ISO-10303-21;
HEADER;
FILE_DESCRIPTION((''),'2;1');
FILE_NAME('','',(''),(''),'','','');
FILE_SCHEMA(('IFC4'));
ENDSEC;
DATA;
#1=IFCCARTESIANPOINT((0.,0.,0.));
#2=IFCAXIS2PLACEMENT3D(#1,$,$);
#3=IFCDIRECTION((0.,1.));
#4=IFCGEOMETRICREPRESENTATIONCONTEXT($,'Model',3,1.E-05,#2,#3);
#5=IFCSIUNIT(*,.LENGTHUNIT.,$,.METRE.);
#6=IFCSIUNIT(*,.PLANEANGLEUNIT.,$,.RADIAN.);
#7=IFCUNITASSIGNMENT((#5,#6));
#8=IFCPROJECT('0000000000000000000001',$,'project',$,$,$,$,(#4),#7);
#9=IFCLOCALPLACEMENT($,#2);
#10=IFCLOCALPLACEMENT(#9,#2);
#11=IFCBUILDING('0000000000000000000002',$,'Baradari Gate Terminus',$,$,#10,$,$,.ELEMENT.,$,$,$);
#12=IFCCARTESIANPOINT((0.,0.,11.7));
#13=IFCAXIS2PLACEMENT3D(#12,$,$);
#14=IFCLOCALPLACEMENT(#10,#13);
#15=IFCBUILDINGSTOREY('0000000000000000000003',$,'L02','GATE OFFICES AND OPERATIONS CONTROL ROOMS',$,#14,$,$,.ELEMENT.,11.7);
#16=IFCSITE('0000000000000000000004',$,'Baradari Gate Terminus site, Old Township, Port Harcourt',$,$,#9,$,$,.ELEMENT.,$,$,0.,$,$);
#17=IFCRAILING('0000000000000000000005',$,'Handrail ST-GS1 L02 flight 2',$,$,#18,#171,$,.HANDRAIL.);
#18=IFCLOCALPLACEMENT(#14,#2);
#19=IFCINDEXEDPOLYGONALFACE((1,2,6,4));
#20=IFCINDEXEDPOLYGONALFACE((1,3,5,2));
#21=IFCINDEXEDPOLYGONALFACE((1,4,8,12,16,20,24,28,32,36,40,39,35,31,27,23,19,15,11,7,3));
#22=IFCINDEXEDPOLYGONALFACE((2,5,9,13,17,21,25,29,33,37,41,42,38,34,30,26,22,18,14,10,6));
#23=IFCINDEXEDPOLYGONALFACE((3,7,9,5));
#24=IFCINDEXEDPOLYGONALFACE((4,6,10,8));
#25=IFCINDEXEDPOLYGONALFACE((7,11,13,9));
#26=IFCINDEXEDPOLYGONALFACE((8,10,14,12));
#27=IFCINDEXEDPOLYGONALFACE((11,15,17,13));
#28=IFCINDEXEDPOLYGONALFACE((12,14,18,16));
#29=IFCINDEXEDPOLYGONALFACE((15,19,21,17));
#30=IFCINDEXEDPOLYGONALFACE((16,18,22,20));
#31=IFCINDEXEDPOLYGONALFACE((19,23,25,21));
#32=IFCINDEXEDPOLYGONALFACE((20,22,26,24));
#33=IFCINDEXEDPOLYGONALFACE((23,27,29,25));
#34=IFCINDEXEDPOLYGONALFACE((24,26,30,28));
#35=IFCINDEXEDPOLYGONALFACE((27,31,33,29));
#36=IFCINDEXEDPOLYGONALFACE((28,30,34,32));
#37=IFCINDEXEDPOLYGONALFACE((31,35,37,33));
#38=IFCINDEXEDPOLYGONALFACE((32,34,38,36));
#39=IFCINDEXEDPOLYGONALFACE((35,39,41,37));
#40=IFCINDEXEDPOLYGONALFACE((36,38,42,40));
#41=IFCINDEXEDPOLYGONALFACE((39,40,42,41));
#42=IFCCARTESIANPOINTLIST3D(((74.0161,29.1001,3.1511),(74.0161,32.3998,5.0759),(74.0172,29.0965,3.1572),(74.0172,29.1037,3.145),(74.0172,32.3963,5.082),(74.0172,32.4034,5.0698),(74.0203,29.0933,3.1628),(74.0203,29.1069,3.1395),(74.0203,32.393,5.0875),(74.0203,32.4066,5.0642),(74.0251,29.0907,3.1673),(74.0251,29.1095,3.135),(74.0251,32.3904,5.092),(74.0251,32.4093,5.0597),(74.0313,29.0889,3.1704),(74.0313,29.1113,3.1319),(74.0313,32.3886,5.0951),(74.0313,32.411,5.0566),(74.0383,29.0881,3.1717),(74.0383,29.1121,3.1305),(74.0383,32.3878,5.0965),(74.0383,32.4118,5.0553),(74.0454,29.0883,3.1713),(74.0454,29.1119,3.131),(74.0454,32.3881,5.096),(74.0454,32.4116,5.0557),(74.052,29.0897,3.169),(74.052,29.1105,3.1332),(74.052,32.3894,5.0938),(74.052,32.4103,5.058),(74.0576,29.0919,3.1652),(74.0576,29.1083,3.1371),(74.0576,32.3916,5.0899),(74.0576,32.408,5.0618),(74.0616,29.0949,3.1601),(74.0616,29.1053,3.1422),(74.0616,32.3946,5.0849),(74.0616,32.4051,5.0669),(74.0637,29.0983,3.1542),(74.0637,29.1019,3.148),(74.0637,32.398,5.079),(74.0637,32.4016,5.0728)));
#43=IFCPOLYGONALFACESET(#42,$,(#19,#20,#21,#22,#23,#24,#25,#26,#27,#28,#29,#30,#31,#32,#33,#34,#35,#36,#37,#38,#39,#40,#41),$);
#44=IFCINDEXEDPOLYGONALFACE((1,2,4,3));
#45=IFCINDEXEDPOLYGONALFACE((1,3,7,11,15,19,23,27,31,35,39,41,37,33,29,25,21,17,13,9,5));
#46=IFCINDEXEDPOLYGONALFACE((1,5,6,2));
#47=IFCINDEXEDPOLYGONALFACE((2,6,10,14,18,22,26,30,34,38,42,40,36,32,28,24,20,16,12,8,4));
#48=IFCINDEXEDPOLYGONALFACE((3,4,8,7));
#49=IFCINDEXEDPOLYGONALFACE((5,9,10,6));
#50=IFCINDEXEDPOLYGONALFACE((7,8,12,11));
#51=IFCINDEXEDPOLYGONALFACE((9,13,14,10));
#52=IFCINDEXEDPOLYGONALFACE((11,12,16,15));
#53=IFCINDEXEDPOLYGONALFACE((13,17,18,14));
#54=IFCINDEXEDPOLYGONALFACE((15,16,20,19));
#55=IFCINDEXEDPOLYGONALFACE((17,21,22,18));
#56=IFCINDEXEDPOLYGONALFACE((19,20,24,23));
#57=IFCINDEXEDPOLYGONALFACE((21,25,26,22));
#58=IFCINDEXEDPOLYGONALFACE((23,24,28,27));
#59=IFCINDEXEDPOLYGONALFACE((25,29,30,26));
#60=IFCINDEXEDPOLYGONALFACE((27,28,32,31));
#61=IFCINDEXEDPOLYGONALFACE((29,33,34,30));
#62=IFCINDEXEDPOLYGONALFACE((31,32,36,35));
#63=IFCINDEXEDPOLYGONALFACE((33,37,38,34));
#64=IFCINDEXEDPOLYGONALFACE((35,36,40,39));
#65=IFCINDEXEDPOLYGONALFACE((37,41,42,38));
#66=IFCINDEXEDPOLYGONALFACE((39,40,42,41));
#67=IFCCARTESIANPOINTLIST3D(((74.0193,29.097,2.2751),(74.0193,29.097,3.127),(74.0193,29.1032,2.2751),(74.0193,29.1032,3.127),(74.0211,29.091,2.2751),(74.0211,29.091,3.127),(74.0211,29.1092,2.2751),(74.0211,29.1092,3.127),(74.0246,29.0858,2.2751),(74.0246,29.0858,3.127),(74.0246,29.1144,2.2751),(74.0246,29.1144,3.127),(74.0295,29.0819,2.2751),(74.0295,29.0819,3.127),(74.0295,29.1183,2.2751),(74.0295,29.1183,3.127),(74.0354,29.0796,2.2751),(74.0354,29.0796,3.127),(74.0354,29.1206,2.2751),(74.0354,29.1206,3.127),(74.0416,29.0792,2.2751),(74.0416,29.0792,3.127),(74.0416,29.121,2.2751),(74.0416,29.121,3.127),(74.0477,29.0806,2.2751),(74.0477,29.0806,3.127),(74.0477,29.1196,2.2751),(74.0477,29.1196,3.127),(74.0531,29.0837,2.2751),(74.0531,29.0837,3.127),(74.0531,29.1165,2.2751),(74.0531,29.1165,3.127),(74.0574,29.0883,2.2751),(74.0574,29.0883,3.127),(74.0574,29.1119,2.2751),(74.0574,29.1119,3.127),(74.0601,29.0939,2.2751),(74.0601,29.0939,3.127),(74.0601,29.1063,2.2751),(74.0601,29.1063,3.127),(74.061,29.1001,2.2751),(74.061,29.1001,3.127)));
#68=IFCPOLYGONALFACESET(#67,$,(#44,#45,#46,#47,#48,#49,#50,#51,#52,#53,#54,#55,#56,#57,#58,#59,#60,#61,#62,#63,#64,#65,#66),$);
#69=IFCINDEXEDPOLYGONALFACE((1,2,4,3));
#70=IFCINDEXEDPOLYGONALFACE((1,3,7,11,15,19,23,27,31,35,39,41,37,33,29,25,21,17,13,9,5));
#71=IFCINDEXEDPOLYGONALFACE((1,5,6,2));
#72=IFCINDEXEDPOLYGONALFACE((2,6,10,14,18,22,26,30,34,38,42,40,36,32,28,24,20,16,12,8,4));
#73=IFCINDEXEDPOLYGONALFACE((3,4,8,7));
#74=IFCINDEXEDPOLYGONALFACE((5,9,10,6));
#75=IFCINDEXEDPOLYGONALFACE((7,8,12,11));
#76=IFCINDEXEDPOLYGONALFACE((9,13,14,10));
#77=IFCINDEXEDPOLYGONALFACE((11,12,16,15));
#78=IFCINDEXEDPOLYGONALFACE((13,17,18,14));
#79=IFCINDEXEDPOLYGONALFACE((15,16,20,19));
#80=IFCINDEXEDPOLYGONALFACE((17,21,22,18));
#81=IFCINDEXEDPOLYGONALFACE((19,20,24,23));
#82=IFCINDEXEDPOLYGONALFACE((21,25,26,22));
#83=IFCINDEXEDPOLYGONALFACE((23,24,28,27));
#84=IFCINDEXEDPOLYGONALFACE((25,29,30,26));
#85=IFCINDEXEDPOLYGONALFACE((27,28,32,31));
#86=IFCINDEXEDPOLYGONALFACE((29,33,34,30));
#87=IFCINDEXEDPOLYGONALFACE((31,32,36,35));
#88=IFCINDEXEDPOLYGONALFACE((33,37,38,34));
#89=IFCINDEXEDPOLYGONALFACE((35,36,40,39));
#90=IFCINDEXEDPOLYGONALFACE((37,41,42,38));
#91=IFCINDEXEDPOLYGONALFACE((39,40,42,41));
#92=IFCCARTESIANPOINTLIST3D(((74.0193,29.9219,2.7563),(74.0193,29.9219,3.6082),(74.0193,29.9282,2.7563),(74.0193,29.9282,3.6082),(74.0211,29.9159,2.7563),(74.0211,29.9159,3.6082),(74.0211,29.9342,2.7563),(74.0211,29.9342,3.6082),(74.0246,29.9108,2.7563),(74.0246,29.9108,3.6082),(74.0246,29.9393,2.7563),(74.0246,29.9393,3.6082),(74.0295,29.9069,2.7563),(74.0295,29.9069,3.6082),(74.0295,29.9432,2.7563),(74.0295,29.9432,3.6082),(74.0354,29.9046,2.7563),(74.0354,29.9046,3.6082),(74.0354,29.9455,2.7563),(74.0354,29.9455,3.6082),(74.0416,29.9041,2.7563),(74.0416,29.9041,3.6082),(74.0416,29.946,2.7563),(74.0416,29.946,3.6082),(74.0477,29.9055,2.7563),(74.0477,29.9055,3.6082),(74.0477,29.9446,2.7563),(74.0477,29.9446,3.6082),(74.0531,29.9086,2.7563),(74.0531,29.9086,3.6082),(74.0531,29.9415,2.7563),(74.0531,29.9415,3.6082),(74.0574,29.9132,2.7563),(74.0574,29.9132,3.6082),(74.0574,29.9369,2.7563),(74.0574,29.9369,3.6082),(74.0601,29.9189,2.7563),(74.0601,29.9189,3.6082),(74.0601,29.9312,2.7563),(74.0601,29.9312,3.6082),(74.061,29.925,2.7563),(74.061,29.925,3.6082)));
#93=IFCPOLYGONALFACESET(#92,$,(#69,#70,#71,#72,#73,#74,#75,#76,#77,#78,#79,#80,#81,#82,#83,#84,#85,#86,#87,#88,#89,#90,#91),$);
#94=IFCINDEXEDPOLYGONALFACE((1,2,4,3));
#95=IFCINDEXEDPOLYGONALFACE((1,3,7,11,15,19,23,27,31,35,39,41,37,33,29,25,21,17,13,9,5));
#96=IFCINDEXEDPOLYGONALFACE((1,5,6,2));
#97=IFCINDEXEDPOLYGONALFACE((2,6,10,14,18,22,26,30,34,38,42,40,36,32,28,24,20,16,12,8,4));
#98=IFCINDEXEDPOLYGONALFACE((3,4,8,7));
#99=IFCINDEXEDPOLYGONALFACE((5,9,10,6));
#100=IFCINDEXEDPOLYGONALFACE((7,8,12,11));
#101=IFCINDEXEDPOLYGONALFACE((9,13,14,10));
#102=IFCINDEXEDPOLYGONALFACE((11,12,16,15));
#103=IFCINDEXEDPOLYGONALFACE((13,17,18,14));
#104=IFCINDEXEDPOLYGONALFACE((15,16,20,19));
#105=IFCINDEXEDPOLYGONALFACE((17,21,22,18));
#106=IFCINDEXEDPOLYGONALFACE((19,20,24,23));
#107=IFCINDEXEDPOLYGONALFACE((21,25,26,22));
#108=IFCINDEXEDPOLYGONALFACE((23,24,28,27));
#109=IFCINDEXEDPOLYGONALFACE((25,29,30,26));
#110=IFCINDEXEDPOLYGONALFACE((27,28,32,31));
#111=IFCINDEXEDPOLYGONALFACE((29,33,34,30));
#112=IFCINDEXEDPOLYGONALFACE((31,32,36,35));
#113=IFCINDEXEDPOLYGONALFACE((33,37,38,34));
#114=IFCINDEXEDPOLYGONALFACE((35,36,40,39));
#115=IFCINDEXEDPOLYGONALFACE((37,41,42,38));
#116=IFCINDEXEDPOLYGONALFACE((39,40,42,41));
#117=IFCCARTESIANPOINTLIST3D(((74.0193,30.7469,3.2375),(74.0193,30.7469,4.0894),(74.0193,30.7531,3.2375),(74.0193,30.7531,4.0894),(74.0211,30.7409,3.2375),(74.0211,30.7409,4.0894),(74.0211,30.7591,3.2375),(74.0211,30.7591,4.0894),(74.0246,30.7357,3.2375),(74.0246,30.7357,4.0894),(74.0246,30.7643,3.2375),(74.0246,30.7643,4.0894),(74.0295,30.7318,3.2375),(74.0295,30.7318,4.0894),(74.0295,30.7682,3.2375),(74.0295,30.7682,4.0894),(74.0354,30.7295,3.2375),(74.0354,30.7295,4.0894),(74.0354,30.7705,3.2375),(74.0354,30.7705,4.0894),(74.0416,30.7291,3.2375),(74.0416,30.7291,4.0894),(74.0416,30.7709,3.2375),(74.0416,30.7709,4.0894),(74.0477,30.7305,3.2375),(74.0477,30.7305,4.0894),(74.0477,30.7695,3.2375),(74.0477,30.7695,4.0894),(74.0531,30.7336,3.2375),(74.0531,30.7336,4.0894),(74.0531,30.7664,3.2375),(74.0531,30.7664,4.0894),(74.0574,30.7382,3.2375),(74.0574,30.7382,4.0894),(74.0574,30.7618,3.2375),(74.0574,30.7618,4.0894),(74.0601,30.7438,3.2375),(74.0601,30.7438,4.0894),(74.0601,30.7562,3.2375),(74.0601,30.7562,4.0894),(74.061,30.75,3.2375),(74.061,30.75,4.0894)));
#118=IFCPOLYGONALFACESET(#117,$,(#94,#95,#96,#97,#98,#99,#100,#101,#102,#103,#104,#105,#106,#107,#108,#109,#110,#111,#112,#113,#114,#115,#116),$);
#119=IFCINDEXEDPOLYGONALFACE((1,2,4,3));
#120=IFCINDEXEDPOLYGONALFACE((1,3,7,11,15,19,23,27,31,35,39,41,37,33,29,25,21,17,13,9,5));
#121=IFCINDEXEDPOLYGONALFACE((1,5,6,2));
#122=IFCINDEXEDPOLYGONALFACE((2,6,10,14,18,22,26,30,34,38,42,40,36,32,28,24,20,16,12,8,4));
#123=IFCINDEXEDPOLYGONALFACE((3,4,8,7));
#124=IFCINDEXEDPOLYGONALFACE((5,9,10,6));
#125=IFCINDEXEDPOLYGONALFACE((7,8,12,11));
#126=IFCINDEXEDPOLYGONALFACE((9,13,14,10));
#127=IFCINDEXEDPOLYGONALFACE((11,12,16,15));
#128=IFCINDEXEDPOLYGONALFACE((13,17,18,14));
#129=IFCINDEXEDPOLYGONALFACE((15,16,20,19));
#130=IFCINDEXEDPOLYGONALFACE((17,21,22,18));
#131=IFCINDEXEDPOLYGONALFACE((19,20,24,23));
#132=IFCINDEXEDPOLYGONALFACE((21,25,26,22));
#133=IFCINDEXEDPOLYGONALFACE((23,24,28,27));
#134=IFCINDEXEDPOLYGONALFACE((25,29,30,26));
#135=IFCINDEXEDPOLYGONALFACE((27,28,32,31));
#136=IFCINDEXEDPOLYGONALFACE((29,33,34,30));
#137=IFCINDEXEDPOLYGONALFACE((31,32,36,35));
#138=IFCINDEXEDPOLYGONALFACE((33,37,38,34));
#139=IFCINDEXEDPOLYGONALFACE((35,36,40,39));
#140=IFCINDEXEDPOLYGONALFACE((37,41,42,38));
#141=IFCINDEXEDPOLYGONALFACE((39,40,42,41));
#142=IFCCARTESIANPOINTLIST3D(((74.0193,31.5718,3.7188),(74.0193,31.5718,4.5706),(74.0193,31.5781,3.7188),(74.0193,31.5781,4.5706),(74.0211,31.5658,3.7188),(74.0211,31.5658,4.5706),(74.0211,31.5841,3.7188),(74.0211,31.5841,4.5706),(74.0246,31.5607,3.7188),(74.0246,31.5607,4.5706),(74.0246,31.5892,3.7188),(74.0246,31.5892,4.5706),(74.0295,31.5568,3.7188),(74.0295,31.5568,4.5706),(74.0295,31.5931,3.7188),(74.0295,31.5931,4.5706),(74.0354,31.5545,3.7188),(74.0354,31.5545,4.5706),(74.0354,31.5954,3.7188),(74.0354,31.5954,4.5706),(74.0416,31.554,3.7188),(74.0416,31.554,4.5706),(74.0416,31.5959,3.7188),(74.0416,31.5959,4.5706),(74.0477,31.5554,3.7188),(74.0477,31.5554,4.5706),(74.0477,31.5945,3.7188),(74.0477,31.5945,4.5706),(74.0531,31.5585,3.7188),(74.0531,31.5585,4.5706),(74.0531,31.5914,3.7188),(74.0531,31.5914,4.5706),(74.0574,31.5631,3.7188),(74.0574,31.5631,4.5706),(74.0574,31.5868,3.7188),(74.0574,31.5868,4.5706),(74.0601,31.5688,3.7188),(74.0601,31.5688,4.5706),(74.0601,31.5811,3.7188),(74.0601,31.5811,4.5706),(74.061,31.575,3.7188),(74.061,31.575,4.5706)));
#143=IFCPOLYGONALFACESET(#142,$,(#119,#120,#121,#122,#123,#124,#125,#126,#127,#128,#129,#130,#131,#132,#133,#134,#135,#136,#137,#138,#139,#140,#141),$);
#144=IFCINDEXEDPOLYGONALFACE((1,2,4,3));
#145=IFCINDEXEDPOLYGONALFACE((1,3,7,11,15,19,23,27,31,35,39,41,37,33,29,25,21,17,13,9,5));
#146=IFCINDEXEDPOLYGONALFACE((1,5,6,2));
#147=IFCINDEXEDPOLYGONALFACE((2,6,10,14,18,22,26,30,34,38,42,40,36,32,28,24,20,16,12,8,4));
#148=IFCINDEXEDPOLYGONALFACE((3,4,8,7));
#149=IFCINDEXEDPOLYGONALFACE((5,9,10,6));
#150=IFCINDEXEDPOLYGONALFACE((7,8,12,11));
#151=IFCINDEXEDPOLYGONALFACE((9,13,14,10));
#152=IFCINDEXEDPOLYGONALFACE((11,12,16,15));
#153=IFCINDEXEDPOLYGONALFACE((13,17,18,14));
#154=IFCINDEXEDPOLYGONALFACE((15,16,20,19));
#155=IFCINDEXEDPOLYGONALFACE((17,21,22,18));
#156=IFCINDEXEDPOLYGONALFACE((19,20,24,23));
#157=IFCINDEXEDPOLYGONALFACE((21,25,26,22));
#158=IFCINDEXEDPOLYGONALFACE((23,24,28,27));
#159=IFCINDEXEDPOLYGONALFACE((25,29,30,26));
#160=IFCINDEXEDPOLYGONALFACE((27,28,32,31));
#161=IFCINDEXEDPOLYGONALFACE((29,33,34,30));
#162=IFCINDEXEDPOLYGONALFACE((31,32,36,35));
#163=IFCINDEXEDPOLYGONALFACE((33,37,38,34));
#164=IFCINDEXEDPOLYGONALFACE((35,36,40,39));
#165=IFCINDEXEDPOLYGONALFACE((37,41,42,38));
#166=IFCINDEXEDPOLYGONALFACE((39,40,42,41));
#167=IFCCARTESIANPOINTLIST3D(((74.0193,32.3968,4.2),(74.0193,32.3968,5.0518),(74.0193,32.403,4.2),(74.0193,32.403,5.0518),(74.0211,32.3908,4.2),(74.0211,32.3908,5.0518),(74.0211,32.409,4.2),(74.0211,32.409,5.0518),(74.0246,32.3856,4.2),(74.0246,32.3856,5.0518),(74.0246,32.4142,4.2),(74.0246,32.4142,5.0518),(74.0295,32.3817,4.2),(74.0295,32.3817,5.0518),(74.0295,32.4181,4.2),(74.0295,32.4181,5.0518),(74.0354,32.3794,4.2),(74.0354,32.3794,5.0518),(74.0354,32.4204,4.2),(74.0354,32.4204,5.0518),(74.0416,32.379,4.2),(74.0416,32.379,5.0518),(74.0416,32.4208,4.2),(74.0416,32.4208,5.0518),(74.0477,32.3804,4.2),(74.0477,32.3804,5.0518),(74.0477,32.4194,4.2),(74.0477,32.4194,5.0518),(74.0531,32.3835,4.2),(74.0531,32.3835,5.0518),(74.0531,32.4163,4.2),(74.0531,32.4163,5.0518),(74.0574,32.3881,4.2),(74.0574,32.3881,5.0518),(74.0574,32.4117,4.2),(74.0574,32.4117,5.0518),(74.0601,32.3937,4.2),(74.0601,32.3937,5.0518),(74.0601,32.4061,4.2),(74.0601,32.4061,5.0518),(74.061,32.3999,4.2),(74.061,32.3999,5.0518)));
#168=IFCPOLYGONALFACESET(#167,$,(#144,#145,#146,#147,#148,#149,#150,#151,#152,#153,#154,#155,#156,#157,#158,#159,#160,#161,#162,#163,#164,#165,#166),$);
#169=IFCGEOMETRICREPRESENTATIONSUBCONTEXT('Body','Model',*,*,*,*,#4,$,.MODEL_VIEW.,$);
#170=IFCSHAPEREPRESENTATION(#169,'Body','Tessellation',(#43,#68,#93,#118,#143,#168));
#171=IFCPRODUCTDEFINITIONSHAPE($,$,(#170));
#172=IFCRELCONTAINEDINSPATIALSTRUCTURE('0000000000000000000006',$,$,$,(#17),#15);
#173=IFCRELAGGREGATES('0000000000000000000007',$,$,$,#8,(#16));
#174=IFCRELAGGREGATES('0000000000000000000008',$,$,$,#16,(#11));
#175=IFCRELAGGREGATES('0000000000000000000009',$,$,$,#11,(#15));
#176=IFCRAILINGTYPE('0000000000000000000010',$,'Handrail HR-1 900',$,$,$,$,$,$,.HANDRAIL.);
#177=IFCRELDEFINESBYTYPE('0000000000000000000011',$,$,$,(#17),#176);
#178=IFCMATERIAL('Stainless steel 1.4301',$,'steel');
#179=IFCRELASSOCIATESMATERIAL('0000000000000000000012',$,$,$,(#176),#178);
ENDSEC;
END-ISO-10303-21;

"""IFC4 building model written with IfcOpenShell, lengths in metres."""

from ifc_helpers import new_model, si_unit, direction, frame, origin, origin_2d, place, context, subcontext, project, spatial, circle, extrude, material, type_object, element, save


model = new_model("IFC4")

# Units and contexts
model_context = context("Model", 3, precision=1e-05, world=origin(), true_north=direction((0.0, 1.0)))
body_context = subcontext(model_context, "Body", "Model", "MODEL_VIEW")
ifc_project = project(units=[si_unit("LENGTHUNIT", "METRE"), si_unit("PLANEANGLEUNIT", "RADIAN")], contexts=[model_context])

# Site, building, storey
site_placement = place(None, origin())
site = spatial("IfcSite", under=ifc_project, at=site_placement, Name="Baradari Gate Terminus site, Old Township, Port Harcourt", CompositionType="ELEMENT", RefElevation=0.0)
building_placement = place(site_placement, origin())
building = spatial("IfcBuilding", under=site, at=building_placement, Name="Baradari Gate Terminus", CompositionType="ELEMENT")
storey_placement = place(building_placement, frame((0.0, 0.0, 11.7)))
storey = spatial("IfcBuildingStorey", under=building, at=storey_placement, Name="L02", Description="GATE OFFICES AND OPERATIONS CONTROL ROOMS", CompositionType="ELEMENT", Elevation=11.7)

# Railing
ifc_material_1 = material(Name="Stainless steel 1.4301", Category="steel")
railing_type = type_object("IfcRailingType", Name="Handrail HR-1 900", PredefinedType="HANDRAIL", material=ifc_material_1)
for number, where, name in (
    (1, (74.04, 29.1001, 2.2751), "Handrail ST-GS1 L02 flight 2"),
):
    element("IfcRailing", number, at=place(storey_placement, frame(where)), inside=storey, type_object=railing_type, Name=name, PredefinedType="HANDRAIL", context=body_context, shape_type="SweptSolid", body=[
        extrude(circle(Radius=0.0239, at=origin_2d()), frame((0.0, 0.0, 0.876), z_axis=(0.0, 0.863788, 0.503855), x_axis=(-1.0, 0.0, 0.0)), (0.0, 0.0, 1.0), 3.8201),
        extrude(circle(Radius=0.021, at=origin_2d()), origin(), (0.0, 0.0, 1.0), 0.8518),
        extrude(circle(Radius=0.021, at=origin_2d()), frame((0.0, 0.825, 0.4812)), (0.0, 0.0, 1.0), 0.8518),
        extrude(circle(Radius=0.021, at=origin_2d()), frame((0.0, 1.6499, 0.9624)), (0.0, 0.0, 1.0), 0.8518),
        extrude(circle(Radius=0.021, at=origin_2d()), frame((0.0, 2.4749, 1.4436)), (0.0, 0.0, 1.0), 0.8518),
        extrude(circle(Radius=0.021, at=origin_2d()), frame((0.0, 3.2998, 1.9248)), (0.0, 0.0, 1.0), 0.8518),
    ])

save(model, "model.ifc")
